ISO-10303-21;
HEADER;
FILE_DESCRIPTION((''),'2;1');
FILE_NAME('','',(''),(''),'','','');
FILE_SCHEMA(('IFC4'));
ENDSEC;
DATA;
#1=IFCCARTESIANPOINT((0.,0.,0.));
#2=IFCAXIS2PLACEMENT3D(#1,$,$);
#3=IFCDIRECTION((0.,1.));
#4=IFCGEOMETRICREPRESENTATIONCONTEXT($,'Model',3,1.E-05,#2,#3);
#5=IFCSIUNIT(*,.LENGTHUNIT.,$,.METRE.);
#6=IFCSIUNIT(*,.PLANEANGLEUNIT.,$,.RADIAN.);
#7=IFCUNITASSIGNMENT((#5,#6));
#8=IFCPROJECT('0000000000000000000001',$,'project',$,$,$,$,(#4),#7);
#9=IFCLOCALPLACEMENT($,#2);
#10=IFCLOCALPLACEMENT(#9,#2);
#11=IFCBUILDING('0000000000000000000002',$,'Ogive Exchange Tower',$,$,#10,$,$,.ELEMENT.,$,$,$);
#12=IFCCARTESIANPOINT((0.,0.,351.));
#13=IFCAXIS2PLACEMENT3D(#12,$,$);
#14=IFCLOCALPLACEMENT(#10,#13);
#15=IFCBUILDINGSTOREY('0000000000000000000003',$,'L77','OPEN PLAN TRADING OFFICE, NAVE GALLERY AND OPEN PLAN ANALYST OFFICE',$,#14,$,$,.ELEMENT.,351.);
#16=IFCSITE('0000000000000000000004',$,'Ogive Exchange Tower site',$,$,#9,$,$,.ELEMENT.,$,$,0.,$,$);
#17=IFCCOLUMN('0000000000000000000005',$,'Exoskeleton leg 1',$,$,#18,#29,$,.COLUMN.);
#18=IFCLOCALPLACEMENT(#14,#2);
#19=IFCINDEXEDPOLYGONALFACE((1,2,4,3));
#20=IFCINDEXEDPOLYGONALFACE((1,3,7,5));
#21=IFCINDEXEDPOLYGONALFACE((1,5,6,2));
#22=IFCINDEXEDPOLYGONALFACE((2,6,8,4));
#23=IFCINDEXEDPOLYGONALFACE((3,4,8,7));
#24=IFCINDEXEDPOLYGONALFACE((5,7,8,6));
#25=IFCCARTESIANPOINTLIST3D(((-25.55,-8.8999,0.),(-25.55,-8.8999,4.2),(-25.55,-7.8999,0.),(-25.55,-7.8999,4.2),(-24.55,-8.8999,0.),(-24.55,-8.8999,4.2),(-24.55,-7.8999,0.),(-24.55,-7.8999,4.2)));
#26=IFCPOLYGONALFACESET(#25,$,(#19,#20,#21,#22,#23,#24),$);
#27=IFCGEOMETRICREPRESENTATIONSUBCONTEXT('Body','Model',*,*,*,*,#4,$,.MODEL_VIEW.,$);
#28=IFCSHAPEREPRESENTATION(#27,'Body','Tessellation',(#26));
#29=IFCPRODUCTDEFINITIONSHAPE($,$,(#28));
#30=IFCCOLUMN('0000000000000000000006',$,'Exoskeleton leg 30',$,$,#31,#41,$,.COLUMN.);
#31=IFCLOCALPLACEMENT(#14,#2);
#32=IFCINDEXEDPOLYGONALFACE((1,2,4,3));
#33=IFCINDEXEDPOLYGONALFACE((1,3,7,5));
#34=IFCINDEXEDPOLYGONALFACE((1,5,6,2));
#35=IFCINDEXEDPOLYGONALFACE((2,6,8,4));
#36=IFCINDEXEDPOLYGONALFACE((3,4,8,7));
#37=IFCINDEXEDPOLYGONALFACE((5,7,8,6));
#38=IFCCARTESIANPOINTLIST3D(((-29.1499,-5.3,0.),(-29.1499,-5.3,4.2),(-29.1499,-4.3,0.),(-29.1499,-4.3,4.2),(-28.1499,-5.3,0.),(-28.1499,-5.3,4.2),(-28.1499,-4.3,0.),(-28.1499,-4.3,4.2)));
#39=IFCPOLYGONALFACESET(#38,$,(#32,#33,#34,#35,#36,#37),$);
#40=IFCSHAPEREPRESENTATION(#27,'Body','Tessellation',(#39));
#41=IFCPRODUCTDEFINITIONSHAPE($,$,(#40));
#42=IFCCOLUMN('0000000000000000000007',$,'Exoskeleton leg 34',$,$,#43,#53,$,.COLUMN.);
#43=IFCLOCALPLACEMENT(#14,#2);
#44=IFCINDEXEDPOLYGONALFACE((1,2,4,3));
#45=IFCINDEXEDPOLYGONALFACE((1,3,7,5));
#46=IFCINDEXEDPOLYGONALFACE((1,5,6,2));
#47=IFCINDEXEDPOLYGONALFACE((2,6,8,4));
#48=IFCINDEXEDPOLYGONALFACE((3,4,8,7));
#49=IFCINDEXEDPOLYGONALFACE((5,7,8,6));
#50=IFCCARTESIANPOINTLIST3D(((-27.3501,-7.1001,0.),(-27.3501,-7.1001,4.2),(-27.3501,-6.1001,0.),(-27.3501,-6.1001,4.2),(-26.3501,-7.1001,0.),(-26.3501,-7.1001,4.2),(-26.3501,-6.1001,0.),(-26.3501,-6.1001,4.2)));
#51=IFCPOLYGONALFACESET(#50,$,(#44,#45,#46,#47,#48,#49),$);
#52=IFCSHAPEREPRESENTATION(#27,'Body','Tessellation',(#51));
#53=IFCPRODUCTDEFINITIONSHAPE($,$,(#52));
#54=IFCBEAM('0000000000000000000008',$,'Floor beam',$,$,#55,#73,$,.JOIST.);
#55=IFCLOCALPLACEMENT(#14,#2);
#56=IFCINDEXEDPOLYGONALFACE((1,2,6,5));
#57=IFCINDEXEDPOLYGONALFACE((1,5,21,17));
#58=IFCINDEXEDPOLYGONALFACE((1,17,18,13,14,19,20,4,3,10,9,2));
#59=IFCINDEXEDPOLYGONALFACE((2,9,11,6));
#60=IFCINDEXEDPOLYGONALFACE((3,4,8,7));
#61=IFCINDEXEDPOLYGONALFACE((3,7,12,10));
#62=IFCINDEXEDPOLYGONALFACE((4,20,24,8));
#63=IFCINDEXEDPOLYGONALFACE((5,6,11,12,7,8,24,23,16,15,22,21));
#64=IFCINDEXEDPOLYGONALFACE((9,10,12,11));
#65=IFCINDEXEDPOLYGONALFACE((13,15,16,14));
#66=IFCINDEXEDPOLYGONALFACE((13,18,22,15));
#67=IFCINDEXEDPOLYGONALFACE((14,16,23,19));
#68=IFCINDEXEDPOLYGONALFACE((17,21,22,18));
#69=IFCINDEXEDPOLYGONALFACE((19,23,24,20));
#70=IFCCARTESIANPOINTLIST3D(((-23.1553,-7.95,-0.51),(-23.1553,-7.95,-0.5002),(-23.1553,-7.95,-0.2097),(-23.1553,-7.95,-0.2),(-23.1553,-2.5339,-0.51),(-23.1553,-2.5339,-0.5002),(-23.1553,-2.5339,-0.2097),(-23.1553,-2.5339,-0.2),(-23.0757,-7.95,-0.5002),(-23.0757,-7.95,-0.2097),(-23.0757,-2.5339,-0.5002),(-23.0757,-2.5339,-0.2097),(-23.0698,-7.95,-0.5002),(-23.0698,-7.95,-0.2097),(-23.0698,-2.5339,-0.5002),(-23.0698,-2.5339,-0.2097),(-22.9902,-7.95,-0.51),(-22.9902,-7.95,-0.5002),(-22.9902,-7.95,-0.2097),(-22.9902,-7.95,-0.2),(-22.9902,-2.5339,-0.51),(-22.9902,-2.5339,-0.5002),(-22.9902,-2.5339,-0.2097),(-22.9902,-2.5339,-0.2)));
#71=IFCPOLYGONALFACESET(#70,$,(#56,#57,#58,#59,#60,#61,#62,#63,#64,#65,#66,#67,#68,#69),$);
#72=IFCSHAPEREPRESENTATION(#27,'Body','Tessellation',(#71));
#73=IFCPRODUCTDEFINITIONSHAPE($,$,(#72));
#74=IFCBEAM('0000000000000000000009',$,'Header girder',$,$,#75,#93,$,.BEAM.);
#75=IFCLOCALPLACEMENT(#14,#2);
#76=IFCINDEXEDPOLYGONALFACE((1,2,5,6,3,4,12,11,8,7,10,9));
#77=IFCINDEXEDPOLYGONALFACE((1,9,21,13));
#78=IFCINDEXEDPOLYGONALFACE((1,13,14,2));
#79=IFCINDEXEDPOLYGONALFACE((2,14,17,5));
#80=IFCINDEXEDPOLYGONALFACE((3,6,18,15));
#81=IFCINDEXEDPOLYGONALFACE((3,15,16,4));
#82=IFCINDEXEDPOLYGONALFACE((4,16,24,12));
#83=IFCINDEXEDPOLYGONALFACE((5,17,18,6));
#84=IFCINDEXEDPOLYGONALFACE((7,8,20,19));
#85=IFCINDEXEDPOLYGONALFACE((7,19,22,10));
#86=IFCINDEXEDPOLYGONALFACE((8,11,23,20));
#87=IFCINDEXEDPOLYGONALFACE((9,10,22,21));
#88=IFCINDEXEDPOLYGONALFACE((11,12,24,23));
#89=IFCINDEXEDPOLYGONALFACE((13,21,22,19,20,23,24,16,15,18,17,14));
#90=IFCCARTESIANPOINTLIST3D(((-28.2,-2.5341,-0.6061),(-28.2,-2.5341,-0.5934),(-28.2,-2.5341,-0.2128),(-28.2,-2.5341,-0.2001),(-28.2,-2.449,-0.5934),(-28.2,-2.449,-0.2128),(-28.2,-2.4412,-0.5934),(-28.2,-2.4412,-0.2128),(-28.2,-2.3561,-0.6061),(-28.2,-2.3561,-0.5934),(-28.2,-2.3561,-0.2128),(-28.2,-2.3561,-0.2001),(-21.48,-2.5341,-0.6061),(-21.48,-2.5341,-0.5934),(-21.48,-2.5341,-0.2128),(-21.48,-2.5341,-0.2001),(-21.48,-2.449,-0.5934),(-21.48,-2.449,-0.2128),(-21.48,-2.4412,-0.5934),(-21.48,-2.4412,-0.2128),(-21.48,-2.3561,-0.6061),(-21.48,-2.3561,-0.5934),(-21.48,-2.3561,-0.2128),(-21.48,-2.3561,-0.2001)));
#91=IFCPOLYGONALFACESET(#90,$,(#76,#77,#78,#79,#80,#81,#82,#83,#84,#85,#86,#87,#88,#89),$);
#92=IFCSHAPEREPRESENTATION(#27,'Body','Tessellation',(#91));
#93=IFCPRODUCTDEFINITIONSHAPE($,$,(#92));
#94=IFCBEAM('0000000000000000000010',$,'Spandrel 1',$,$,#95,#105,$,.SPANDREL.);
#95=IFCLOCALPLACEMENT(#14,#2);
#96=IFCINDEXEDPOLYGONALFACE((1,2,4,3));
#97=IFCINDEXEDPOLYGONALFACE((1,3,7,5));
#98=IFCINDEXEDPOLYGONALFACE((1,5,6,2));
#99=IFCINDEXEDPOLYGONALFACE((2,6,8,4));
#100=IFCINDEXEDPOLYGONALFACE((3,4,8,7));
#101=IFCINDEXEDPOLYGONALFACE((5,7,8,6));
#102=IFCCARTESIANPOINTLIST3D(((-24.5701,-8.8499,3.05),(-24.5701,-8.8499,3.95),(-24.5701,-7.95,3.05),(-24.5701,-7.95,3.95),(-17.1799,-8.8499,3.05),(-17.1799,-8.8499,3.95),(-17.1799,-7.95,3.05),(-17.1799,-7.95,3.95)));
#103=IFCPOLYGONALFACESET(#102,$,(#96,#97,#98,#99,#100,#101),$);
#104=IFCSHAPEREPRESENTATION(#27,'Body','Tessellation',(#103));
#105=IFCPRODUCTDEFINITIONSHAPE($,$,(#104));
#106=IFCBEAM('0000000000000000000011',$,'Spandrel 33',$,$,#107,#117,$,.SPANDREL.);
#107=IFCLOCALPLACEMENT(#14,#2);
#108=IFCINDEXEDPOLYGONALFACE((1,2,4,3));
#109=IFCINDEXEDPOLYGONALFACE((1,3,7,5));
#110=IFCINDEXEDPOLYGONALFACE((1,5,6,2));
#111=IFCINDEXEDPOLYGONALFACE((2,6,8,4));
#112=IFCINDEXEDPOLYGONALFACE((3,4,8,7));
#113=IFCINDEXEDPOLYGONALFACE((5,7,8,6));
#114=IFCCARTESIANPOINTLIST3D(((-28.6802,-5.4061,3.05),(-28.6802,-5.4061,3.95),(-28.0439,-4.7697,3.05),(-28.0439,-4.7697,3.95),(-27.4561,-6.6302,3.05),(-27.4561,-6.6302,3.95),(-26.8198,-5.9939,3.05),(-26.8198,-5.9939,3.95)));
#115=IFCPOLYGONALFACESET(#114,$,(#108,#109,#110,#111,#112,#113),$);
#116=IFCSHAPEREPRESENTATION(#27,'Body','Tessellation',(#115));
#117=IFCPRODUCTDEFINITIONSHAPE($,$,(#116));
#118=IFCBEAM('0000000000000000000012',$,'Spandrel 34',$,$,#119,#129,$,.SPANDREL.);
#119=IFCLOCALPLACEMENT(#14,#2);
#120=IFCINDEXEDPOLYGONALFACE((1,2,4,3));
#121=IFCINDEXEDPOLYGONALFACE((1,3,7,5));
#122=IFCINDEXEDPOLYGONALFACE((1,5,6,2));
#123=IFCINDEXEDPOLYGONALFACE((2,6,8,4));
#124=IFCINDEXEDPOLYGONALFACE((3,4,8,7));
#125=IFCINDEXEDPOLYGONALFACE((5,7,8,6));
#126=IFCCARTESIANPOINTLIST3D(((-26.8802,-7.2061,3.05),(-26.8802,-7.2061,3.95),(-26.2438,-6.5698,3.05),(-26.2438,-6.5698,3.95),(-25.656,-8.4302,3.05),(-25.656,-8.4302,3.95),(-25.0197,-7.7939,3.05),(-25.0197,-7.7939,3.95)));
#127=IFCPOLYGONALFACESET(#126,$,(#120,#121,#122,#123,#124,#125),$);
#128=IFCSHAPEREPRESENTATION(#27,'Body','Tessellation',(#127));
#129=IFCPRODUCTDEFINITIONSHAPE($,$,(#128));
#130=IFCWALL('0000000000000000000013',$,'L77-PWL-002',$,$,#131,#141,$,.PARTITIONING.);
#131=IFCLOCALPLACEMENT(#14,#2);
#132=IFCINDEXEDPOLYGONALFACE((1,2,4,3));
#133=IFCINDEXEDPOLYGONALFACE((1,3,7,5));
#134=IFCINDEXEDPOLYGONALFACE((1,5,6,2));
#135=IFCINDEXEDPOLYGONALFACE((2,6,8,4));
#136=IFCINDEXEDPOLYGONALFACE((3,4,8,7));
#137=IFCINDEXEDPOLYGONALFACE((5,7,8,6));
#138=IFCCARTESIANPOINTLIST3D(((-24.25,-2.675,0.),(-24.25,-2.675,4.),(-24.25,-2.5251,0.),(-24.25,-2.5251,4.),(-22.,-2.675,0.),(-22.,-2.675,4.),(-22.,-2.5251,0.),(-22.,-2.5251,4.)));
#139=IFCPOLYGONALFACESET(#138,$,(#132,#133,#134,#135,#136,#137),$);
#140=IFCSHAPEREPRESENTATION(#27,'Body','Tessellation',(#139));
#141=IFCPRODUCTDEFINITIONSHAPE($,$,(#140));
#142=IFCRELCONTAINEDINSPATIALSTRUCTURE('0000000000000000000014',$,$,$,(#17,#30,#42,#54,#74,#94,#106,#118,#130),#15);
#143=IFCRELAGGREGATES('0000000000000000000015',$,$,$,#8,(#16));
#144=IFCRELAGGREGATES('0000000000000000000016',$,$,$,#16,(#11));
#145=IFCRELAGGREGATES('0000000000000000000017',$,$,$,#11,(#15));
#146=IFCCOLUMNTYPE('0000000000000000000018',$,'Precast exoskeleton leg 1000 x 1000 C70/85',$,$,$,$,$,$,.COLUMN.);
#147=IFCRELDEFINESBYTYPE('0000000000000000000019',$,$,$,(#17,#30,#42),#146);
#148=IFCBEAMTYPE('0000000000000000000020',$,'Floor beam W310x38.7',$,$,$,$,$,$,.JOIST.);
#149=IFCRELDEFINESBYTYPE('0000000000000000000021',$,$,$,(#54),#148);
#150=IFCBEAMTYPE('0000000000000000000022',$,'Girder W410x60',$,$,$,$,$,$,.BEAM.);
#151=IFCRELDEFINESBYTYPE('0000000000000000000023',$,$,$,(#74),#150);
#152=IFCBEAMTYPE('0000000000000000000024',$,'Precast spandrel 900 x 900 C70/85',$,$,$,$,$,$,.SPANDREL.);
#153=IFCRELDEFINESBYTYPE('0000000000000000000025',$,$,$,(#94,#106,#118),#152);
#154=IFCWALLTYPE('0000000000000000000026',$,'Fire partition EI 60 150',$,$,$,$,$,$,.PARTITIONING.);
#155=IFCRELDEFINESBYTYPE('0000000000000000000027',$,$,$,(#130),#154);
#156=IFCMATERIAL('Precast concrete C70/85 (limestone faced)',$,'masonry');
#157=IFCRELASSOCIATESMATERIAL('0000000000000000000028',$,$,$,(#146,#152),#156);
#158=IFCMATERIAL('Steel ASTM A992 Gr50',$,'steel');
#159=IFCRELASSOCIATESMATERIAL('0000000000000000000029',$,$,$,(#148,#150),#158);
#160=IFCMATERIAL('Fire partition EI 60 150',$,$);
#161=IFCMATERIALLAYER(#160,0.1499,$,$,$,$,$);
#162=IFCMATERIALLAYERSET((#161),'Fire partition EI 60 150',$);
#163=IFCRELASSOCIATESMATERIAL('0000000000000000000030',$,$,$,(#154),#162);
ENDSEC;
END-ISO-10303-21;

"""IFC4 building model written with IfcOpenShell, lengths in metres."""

from ifc_helpers import new_model, si_unit, direction, frame, frame_2d, origin, origin_2d, place, context, subcontext, project, spatial, rectangle, i_section, extrude, material, layer, layer_set, material_profile, profile_set, type_object, element, save


model = new_model("IFC4")

# Units and contexts
model_context = context("Model", 3, precision=1e-05, world=origin(), true_north=direction((0.0, 1.0)))
body_context = subcontext(model_context, "Body", "Model", "MODEL_VIEW")
ifc_project = project(units=[si_unit("LENGTHUNIT", "METRE"), si_unit("PLANEANGLEUNIT", "RADIAN")], contexts=[model_context])

# Site, building, storey
site_placement = place(None, origin())
site = spatial("IfcSite", under=ifc_project, at=site_placement, Name="Ogive Exchange Tower site", CompositionType="ELEMENT", RefElevation=0.0)
building_placement = place(site_placement, origin())
building = spatial("IfcBuilding", under=site, at=building_placement, Name="Ogive Exchange Tower", CompositionType="ELEMENT")
storey_placement = place(building_placement, frame((0.0, 0.0, 351.0)))
storey = spatial("IfcBuildingStorey", under=building, at=storey_placement, Name="L77", Description="OPEN PLAN TRADING OFFICE, NAVE GALLERY AND OPEN PLAN ANALYST OFFICE", CompositionType="ELEMENT", Elevation=351.0)

# Columns
ifc_material_1 = material(Name="Precast concrete C70/85 (limestone faced)", Category="masonry")
ifc_material_profile_1 = material_profile(ifc_material_1, rectangle(XDim=1.0, YDim=1.0, at=origin_2d()), Name="1000 x 1000")
ifc_profile_set_1 = profile_set([ifc_material_profile_1], Name="Precast concrete C70/85 (limestone faced)")
column_type = type_object("IfcColumnType", Name="Precast exoskeleton leg 1000 x 1000 C70/85", PredefinedType="COLUMN", material=ifc_profile_set_1)
for number, where, z_axis, x_axis, name in (
    (1, (-25.05, -8.3999, 0.0), (0.0, 0.0, 1.0), (1.0, 0.0, 0.0), "Exoskeleton leg 1"),
    (2, (-28.6499, -4.8, 0.0), (0.0, 0.0, 1.0), (1.0, 0.0, 0.0), "Exoskeleton leg 30"),
    (3, (-26.8501, -6.6001, 0.0), (0.0, 0.0, 1.0), (1.0, 0.0, 0.0), "Exoskeleton leg 34"),
):
    element("IfcColumn", number, at=place(storey_placement, frame(where, z_axis=z_axis, x_axis=x_axis)), inside=storey, type_object=column_type, Name=name, PredefinedType="COLUMN", context=body_context, shape_type="SweptSolid", body=[
        extrude(rectangle(XDim=1.0, YDim=1.0, at=origin_2d()), origin(), (0.0, 0.0, 1.0), 4.2),
    ])

# Beams
ifc_material_2 = material(Name="Steel ASTM A992 Gr50", Category="steel")
ifc_material_profile_2 = material_profile(ifc_material_2, i_section(OverallWidth=0.165, OverallDepth=0.3101, WebThickness=0.0059, FlangeThickness=0.0098, at=origin_2d()), Name="W310x38.7")
ifc_profile_set_2 = profile_set([ifc_material_profile_2], Name="Steel ASTM A992 Gr50")
beam_type_1 = type_object("IfcBeamType", Name="Floor beam W310x38.7", PredefinedType="JOIST", material=ifc_profile_set_2)
beam_1_placement = place(storey_placement, frame((-23.0728, -7.95, -0.355), z_axis=(0.0, 1.0, 0.0), x_axis=(-1.0, 0.0, 0.0)))
element("IfcBeam", 4, at=beam_1_placement, inside=storey, type_object=beam_type_1, Name="Floor beam", PredefinedType="JOIST", context=body_context, shape_type="SweptSolid", body=[
    extrude(i_section(OverallWidth=0.165, OverallDepth=0.3101, WebThickness=0.0059, FlangeThickness=0.0098, at=origin_2d()), origin(), (0.0, 0.0, 1.0), 5.416),
])
ifc_material_profile_3 = material_profile(ifc_material_2, i_section(OverallWidth=0.178, OverallDepth=0.406, WebThickness=0.0078, FlangeThickness=0.0127, at=origin_2d()), Name="W410x60")
ifc_profile_set_3 = profile_set([ifc_material_profile_3], Name="Steel ASTM A992 Gr50")
beam_type_2 = type_object("IfcBeamType", Name="Girder W410x60", PredefinedType="BEAM", material=ifc_profile_set_3)
beam_2_placement = place(storey_placement, frame((-28.2, -2.4451, -0.4031), z_axis=(1.0, 0.0, 0.0), x_axis=(0.0, 1.0, 0.0)))
element("IfcBeam", 5, at=beam_2_placement, inside=storey, type_object=beam_type_2, Name="Header girder", PredefinedType="BEAM", context=body_context, shape_type="SweptSolid", body=[
    extrude(i_section(OverallWidth=0.178, OverallDepth=0.406, WebThickness=0.0078, FlangeThickness=0.0127, at=origin_2d()), origin(), (0.0, 0.0, 1.0), 6.72),
])
ifc_material_profile_4 = material_profile(ifc_material_1, rectangle(XDim=0.8999, YDim=0.8999, at=origin_2d()), Name="900 x 900")
ifc_profile_set_4 = profile_set([ifc_material_profile_4], Name="Precast concrete C70/85 (limestone faced)")
beam_type_3 = type_object("IfcBeamType", Name="Precast spandrel 900 x 900 C70/85", PredefinedType="SPANDREL", material=ifc_profile_set_4)
beam_3_placement = place(storey_placement, frame((-24.5701, -8.3999, 3.5), z_axis=(1.0, 0.0, 0.0), x_axis=(0.0, 1.0, 0.0)))
element("IfcBeam", 6, at=beam_3_placement, inside=storey, type_object=beam_type_3, Name="Spandrel 1", PredefinedType="SPANDREL", context=body_context, shape_type="SweptSolid", body=[
    extrude(rectangle(XDim=0.8999, YDim=0.8999, at=origin_2d()), origin(), (0.0, 0.0, 1.0), 7.3901),
])
for number, where, z_axis, x_axis, name in (
    (7, (-28.3621, -5.0879, 3.5), (0.707107, -0.707107, 0.0), (0.707107, 0.707107, 0.0), "Spandrel 33"),
    (8, (-26.562, -6.8879, 3.5), (0.707107, -0.707107, 0.0), (0.707107, 0.707107, 0.0), "Spandrel 34"),
):
    element("IfcBeam", number, at=place(storey_placement, frame(where, z_axis=z_axis, x_axis=x_axis)), inside=storey, type_object=beam_type_3, Name=name, PredefinedType="SPANDREL", context=body_context, shape_type="SweptSolid", body=[
        extrude(rectangle(XDim=0.8999, YDim=0.8999, at=origin_2d()), origin(), (0.0, 0.0, 1.0), 1.7312),
    ])

# Wall
ifc_material_3 = material(Name="Fire partition EI 60 150")
ifc_layer_1 = layer(ifc_material_3, 0.1499)
ifc_layer_set_1 = layer_set([ifc_layer_1], Name="Fire partition EI 60 150")
wall_type_1 = type_object("IfcWallType", Name="Fire partition EI 60 150", PredefinedType="PARTITIONING", material=ifc_layer_set_1)
wall_1_placement = place(storey_placement, frame((-24.25, -2.6001, 0.0), z_axis=(0.0, 0.0, 1.0), x_axis=(1.0, 0.0, 0.0)))
element("IfcWall", 9, at=wall_1_placement, inside=storey, type_object=wall_type_1, Name="L77-PWL-002", PredefinedType="PARTITIONING", context=body_context, shape_type="SweptSolid", body=[
    extrude(rectangle(XDim=2.25, YDim=0.1499, at=frame_2d((1.125, 0.0))), origin(), (0.0, 0.0, 1.0), 4.0),
])

save(model, "model.ifc")
